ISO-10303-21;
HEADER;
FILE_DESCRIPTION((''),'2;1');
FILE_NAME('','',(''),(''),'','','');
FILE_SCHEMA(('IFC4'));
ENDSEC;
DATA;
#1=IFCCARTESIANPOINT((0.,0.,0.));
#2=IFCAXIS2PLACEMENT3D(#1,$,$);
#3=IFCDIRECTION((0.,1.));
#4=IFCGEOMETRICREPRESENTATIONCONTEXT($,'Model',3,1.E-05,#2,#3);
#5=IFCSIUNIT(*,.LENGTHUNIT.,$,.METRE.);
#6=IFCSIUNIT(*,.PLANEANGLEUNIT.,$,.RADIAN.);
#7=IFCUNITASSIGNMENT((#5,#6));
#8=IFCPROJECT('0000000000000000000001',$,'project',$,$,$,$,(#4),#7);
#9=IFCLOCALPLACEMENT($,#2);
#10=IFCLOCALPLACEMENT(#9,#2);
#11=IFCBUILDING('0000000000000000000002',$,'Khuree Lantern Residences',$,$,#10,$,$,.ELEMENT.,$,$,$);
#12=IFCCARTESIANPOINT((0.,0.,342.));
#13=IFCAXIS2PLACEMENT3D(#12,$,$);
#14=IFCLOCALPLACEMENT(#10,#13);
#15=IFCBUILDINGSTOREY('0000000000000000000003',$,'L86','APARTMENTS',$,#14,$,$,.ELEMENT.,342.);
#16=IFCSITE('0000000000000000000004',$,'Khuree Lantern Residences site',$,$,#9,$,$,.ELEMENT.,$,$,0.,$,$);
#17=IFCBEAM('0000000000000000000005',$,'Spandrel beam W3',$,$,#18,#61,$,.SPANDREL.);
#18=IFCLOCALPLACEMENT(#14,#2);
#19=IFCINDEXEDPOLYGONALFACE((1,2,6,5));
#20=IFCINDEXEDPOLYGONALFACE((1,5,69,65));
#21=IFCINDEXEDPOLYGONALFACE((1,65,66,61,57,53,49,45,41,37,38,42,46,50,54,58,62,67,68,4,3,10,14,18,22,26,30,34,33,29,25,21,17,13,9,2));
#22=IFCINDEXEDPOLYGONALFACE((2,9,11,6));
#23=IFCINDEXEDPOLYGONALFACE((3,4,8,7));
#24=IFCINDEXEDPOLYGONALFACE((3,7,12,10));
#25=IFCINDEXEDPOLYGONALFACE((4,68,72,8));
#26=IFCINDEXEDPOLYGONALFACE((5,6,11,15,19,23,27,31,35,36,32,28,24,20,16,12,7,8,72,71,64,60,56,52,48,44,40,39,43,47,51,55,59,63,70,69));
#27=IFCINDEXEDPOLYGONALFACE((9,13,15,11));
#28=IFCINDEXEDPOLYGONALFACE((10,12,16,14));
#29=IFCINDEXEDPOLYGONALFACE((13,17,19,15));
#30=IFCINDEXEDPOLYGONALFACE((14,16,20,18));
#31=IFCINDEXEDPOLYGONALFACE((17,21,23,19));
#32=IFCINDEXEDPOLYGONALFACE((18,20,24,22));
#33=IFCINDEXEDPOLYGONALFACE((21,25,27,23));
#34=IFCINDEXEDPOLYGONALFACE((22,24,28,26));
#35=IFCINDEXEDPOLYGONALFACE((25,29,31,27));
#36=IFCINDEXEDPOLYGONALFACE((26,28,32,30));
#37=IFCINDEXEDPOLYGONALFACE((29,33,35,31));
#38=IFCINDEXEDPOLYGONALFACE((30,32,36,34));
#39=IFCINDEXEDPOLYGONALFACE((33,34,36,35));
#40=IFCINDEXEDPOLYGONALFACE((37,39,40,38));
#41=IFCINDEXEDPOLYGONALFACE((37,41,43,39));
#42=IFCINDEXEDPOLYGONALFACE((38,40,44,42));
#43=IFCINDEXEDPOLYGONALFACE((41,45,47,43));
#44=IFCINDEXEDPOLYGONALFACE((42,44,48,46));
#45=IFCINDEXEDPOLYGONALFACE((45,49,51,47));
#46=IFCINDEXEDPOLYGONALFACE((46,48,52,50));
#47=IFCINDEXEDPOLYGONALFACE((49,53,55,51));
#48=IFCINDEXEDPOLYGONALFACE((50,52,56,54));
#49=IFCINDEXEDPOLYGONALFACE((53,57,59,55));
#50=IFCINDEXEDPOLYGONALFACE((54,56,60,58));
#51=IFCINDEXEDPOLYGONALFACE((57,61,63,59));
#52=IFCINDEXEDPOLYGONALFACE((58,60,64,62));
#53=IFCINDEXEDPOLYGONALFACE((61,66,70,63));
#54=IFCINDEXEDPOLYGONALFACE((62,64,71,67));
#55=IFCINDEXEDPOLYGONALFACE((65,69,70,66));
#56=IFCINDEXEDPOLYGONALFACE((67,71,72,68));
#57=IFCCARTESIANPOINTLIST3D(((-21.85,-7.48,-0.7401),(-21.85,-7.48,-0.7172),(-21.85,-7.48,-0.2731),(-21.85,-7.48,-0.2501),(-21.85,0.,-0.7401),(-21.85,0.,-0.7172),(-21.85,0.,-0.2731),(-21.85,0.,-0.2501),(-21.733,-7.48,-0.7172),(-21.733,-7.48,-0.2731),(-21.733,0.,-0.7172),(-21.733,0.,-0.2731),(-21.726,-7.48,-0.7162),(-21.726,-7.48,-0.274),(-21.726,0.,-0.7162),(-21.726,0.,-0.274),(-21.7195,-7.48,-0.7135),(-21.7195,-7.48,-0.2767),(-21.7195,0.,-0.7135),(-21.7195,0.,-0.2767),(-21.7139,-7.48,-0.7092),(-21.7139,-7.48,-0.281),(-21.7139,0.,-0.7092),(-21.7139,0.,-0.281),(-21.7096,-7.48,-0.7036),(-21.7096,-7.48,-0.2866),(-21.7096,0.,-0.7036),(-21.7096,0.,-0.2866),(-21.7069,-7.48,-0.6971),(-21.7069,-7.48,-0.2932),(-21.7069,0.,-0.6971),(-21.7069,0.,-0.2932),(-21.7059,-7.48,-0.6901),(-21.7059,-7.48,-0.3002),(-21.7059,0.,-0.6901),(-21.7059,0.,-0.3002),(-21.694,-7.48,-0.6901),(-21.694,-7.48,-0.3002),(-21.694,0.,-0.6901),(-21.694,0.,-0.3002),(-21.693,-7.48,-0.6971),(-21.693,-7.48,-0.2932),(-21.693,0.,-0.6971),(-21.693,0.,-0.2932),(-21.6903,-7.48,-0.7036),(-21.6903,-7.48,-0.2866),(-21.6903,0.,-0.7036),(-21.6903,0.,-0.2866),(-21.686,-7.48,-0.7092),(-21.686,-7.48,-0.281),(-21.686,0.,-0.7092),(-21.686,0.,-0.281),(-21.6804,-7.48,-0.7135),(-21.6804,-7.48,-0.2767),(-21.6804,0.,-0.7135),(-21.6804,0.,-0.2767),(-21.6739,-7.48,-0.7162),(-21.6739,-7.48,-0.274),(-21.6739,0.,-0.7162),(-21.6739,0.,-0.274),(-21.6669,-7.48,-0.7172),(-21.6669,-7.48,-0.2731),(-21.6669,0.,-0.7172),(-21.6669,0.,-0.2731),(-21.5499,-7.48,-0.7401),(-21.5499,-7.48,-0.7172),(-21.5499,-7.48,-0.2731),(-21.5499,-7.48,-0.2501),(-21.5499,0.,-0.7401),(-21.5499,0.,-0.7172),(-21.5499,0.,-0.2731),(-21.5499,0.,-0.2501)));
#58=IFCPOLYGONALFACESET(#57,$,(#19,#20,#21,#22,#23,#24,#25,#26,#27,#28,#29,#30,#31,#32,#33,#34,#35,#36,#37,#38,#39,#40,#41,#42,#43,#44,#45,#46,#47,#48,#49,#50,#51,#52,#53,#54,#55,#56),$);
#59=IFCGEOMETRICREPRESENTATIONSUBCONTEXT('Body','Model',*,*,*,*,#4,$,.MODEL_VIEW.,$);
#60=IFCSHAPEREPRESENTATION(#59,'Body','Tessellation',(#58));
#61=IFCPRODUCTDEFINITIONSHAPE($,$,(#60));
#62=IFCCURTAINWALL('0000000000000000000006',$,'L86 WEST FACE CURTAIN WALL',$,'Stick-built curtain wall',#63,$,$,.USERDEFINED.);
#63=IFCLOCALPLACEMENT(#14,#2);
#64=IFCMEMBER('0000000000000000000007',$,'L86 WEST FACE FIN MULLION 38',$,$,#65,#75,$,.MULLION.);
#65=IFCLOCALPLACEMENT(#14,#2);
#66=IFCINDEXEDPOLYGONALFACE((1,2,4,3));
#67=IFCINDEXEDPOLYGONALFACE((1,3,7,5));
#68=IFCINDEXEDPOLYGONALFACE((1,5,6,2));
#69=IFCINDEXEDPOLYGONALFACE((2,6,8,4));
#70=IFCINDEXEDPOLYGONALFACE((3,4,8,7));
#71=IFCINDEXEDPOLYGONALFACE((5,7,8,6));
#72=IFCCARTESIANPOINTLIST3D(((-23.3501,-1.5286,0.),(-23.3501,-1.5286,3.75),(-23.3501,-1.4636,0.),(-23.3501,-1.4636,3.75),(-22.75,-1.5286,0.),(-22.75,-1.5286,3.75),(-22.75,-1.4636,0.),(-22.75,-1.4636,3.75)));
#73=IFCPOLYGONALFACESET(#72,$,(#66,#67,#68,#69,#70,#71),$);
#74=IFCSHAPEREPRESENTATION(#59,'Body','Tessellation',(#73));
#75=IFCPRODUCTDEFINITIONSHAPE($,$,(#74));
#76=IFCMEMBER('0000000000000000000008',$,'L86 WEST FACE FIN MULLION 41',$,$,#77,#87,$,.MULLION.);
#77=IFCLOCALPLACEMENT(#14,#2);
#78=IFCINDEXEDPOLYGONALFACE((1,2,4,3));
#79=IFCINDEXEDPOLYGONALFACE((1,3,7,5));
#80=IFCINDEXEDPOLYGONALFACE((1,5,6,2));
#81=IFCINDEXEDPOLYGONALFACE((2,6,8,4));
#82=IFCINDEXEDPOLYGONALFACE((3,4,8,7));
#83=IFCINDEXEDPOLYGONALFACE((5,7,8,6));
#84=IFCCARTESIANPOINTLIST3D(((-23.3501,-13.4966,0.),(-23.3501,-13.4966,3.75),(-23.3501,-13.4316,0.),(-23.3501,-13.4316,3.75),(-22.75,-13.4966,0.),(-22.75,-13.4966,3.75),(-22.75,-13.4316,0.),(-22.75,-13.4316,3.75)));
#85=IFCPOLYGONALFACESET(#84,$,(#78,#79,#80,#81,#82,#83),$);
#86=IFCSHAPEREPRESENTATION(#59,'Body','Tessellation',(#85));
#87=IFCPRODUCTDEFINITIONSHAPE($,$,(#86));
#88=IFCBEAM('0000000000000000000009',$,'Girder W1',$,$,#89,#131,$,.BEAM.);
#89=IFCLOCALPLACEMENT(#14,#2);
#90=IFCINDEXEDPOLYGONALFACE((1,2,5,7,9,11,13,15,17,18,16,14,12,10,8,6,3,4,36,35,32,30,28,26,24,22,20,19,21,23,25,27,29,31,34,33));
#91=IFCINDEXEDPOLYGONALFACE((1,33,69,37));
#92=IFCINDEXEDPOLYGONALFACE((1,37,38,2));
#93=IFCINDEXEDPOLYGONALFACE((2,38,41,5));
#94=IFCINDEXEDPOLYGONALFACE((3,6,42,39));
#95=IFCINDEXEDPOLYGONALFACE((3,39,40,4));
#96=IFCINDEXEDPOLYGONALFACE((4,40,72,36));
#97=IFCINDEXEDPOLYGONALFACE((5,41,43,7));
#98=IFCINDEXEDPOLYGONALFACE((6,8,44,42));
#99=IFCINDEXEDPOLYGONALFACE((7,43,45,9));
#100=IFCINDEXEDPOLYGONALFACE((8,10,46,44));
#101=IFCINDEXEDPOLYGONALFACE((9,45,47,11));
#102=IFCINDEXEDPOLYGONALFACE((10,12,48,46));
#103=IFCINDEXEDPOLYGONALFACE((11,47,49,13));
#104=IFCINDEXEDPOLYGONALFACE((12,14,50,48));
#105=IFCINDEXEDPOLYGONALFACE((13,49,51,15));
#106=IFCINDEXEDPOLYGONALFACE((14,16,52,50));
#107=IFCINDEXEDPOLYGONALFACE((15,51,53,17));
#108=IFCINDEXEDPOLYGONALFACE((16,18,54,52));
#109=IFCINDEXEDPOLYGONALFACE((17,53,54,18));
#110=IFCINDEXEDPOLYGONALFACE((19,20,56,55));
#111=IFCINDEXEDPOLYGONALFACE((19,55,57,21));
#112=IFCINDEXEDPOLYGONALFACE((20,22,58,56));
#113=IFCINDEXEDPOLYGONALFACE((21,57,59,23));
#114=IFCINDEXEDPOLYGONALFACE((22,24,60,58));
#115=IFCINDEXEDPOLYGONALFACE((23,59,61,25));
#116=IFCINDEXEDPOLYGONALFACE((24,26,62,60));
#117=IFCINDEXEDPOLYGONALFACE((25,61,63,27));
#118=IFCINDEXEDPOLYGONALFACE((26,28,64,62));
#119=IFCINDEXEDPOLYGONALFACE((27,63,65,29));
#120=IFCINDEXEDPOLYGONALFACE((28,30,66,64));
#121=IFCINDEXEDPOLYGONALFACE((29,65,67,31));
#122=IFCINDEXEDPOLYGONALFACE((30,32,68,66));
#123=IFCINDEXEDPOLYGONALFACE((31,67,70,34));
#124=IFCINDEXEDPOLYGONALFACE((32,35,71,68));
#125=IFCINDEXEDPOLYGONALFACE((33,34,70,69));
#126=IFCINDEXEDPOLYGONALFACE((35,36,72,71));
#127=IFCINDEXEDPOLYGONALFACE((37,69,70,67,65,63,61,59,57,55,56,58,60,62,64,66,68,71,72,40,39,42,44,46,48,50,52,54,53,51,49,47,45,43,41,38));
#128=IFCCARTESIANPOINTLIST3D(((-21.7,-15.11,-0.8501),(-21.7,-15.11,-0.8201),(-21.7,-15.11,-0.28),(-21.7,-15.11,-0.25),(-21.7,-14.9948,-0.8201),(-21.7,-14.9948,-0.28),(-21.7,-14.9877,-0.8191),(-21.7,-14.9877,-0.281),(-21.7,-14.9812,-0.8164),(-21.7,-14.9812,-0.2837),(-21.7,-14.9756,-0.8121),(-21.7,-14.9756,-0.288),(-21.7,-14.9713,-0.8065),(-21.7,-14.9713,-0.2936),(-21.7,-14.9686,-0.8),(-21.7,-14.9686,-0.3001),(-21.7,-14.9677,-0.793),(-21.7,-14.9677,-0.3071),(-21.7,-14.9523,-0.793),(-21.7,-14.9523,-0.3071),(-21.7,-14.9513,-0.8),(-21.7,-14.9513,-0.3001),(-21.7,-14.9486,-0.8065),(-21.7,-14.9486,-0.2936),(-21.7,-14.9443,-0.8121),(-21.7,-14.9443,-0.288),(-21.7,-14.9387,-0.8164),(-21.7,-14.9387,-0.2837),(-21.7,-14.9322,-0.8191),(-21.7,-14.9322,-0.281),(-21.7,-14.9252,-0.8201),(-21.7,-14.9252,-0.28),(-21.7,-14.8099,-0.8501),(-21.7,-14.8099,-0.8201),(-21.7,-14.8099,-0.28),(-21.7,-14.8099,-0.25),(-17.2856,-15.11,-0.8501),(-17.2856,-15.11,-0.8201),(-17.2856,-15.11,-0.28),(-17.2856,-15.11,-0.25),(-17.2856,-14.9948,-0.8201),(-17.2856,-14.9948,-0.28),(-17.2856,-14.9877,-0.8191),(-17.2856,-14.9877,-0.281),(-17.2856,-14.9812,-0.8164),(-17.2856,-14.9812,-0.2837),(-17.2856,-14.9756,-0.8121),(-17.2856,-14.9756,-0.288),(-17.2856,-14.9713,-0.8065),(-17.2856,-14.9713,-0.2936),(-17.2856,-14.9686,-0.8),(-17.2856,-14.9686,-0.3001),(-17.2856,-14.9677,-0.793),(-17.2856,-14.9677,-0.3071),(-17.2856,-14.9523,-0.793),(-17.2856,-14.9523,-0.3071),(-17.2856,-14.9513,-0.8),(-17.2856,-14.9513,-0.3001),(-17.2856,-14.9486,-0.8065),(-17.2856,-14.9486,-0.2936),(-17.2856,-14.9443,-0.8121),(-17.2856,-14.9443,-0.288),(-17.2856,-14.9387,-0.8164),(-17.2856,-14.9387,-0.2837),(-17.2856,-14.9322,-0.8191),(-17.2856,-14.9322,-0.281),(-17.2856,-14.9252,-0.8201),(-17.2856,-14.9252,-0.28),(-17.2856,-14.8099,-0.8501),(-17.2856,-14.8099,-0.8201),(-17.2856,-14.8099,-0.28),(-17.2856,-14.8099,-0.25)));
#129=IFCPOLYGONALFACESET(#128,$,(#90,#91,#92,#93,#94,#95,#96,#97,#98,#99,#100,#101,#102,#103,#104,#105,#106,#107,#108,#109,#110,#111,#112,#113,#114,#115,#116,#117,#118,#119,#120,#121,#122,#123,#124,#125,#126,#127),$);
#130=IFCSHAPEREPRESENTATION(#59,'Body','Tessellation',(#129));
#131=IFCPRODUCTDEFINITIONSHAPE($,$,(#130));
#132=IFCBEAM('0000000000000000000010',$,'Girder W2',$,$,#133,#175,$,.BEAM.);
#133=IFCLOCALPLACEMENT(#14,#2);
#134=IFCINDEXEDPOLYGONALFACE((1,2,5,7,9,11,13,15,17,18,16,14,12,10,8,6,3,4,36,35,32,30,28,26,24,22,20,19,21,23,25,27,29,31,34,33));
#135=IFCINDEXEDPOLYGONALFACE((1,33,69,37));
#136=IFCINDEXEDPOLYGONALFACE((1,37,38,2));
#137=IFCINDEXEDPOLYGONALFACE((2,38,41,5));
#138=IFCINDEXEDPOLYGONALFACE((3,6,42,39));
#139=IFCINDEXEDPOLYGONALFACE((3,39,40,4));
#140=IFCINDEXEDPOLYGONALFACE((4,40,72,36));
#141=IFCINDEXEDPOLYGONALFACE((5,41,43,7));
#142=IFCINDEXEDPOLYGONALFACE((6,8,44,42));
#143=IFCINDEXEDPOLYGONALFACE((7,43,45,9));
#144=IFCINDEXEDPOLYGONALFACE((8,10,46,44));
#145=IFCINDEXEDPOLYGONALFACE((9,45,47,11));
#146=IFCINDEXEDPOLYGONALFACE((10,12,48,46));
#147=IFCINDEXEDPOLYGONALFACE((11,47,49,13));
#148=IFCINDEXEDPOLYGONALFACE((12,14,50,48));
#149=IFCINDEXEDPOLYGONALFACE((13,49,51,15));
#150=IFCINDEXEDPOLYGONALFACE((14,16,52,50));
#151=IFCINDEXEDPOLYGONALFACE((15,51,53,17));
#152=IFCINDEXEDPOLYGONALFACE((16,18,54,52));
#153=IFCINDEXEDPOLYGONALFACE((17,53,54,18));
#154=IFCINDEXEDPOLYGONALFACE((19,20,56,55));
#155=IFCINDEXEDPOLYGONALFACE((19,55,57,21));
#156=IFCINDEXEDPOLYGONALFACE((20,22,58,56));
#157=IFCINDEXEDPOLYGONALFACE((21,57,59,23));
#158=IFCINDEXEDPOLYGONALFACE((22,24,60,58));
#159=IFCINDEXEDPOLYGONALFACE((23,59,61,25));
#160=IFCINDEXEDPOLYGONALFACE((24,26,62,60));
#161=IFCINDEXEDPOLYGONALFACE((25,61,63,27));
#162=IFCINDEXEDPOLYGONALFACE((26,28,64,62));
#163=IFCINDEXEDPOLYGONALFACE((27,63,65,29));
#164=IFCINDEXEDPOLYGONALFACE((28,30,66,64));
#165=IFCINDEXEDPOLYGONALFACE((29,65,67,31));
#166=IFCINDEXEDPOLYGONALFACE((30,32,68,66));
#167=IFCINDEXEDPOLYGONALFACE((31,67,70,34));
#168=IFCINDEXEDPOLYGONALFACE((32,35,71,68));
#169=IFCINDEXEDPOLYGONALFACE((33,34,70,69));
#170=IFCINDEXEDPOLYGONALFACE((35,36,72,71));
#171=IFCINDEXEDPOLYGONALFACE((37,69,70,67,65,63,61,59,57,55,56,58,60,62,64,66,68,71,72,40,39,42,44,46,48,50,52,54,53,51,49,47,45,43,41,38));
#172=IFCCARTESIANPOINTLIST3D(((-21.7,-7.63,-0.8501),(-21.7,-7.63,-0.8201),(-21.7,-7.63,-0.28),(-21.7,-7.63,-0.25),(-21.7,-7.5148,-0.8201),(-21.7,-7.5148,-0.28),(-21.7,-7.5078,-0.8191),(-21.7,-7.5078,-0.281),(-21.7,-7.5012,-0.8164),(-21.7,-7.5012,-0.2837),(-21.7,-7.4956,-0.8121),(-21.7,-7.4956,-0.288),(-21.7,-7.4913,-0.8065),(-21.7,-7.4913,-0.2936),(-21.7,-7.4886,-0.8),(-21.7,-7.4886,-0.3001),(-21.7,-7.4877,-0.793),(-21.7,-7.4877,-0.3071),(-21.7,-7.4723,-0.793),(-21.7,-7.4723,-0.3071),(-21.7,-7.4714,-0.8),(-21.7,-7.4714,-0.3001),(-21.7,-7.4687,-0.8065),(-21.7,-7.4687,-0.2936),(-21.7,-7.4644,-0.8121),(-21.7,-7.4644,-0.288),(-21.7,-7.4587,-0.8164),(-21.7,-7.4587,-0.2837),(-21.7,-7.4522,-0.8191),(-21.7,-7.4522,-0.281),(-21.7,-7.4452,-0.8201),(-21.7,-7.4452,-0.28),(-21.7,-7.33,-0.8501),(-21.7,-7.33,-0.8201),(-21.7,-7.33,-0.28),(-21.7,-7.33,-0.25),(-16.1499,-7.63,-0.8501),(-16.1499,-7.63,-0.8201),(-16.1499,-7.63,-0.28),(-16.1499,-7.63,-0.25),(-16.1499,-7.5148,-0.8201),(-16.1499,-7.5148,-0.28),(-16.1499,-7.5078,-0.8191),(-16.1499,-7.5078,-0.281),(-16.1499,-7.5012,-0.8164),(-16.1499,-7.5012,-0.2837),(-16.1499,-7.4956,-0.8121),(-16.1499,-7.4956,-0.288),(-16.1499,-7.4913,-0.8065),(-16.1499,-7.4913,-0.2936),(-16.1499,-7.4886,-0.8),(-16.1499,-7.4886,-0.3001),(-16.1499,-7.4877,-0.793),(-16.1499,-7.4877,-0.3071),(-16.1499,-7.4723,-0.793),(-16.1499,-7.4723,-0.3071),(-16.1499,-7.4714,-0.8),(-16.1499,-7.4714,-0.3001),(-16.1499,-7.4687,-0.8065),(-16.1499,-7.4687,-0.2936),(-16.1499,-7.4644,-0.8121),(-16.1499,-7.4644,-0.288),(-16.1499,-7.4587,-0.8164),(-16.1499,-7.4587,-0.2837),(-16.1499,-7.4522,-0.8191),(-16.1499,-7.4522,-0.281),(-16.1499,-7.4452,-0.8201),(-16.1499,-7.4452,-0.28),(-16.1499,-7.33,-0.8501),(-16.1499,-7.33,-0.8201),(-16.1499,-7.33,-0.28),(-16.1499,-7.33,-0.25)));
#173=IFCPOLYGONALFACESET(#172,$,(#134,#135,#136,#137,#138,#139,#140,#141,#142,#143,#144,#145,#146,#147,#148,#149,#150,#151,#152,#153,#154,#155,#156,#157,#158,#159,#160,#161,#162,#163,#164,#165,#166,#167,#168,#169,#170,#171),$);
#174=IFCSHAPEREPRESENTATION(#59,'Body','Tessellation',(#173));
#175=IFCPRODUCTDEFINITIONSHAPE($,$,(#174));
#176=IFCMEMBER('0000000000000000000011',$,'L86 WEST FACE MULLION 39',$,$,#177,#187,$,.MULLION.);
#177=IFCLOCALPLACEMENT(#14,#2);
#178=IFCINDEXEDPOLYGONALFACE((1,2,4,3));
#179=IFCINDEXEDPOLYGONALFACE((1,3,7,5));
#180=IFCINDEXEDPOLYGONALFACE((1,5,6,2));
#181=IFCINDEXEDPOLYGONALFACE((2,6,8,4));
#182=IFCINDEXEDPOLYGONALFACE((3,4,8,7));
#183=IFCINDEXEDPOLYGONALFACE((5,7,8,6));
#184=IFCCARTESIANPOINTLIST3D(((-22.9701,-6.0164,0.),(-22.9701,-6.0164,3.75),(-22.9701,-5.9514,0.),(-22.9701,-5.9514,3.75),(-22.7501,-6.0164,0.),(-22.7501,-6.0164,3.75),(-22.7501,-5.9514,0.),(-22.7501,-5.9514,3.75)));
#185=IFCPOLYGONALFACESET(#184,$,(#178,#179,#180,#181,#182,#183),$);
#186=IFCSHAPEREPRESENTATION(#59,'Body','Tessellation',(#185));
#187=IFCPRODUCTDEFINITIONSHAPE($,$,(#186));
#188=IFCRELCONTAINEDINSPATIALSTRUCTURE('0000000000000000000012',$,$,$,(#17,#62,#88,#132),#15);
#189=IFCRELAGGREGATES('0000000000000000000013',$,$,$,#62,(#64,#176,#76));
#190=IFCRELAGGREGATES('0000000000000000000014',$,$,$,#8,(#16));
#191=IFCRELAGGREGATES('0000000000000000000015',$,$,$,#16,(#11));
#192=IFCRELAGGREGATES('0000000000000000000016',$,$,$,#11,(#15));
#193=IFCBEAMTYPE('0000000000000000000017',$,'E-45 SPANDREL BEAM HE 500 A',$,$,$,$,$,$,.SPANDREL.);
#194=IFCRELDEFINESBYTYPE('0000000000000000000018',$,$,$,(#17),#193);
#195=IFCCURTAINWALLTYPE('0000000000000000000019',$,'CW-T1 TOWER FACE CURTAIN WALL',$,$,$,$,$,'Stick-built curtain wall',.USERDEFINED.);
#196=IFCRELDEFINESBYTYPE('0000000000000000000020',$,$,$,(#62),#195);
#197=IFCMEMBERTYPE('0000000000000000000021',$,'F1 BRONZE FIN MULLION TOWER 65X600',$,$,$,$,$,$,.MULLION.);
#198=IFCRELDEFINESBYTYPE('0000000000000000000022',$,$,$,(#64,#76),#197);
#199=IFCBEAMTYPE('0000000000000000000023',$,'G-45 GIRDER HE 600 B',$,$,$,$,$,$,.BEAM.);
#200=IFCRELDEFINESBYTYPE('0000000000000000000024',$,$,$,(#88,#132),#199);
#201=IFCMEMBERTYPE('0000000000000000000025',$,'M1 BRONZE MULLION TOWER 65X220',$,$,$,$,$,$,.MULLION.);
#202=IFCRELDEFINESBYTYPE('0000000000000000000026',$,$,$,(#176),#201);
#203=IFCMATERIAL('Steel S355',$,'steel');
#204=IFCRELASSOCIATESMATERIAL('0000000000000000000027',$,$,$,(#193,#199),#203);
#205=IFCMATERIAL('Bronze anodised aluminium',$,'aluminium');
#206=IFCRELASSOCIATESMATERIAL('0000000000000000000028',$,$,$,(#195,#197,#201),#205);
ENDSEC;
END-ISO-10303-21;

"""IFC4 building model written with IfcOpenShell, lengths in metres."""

from ifc_helpers import new_model, si_unit, direction, frame, origin, origin_2d, place, context, subcontext, project, spatial, rectangle, i_section, extrude, material, material_profile, profile_set, type_object, element, aggregate, save


model = new_model("IFC4")

# Units and contexts
model_context = context("Model", 3, precision=1e-05, world=origin(), true_north=direction((0.0, 1.0)))
body_context = subcontext(model_context, "Body", "Model", "MODEL_VIEW")
ifc_project = project(units=[si_unit("LENGTHUNIT", "METRE"), si_unit("PLANEANGLEUNIT", "RADIAN")], contexts=[model_context])

# Site, building, storey
site_placement = place(None, origin())
site = spatial("IfcSite", under=ifc_project, at=site_placement, Name="Khuree Lantern Residences site", CompositionType="ELEMENT", RefElevation=0.0)
building_placement = place(site_placement, origin())
building = spatial("IfcBuilding", under=site, at=building_placement, Name="Khuree Lantern Residences", CompositionType="ELEMENT")
storey_placement = place(building_placement, frame((0.0, 0.0, 342.0)))
storey = spatial("IfcBuildingStorey", under=building, at=storey_placement, Name="L86", Description="APARTMENTS", CompositionType="ELEMENT", Elevation=342.0)

# Beam
ifc_material_1 = material(Name="Steel S355", Category="steel")
ifc_material_profile_1 = material_profile(ifc_material_1, i_section(OverallWidth=0.3, OverallDepth=0.49, WebThickness=0.012, FlangeThickness=0.0229, FilletRadius=0.0271, at=origin_2d()), Name="HE 500 A")
ifc_profile_set_1 = profile_set([ifc_material_profile_1], Name="Steel S355")
beam_type_1 = type_object("IfcBeamType", Name="E-45 SPANDREL BEAM HE 500 A", PredefinedType="SPANDREL", material=ifc_profile_set_1)
for number, where, z_axis, x_axis, name in (
    (1, (-21.7, -7.48, -0.4951), (0.0, 1.0, 0.0), (-1.0, 0.0, 0.0), "Spandrel beam W3"),
):
    element("IfcBeam", number, at=place(storey_placement, frame(where, z_axis=z_axis, x_axis=x_axis)), inside=storey, type_object=beam_type_1, Name=name, PredefinedType="SPANDREL", context=body_context, shape_type="SweptSolid", body=[
        extrude(i_section(OverallWidth=0.3, OverallDepth=0.49, WebThickness=0.012, FlangeThickness=0.0229, FilletRadius=0.0271, at=origin_2d()), origin(), (0.0, 0.0, 1.0), 7.48),
    ])

# Curtain wall, members
ifc_material_2 = material(Name="Bronze anodised aluminium", Category="aluminium")
curtain_wall_type = type_object("IfcCurtainWallType", Name="CW-T1 TOWER FACE CURTAIN WALL", ElementType="Stick-built curtain wall", PredefinedType="USERDEFINED", material=ifc_material_2)
curtain_wall_placement = place(storey_placement, origin())
curtain_wall = element("IfcCurtainWall", 2, at=curtain_wall_placement, inside=storey, type_object=curtain_wall_type, Name="L86 WEST FACE CURTAIN WALL", ObjectType="Stick-built curtain wall", PredefinedType="USERDEFINED")
ifc_material_profile_2 = material_profile(ifc_material_2, rectangle(XDim=0.0649, YDim=0.6001, at=origin_2d()), Name="F1 65X600")
ifc_profile_set_2 = profile_set([ifc_material_profile_2], Name="Bronze anodised aluminium")
member_type_1 = type_object("IfcMemberType", Name="F1 BRONZE FIN MULLION TOWER 65X600", PredefinedType="MULLION", material=ifc_profile_set_2)
member_1_placement = place(storey_placement, frame((-23.05, -1.4961, 0.0), z_axis=(0.0, 0.0, 1.0), x_axis=(0.0, -1.0, 0.0)))
member_1 = element("IfcMember", 3, at=member_1_placement, type_object=member_type_1, Name="L86 WEST FACE FIN MULLION 38", PredefinedType="MULLION", context=body_context, shape_type="SweptSolid", body=[
    extrude(rectangle(XDim=0.0649, YDim=0.6001, at=origin_2d()), origin(), (0.0, 0.0, 1.0), 3.75),
])
member_2_placement = place(storey_placement, frame((-23.05, -13.4641, 0.0), z_axis=(0.0, 0.0, 1.0), x_axis=(0.0, -1.0, 0.0)))
member_2 = element("IfcMember", 4, at=member_2_placement, type_object=member_type_1, Name="L86 WEST FACE FIN MULLION 41", PredefinedType="MULLION", context=body_context, shape_type="SweptSolid", body=[
    extrude(rectangle(XDim=0.0649, YDim=0.6001, at=origin_2d()), origin(), (0.0, 0.0, 1.0), 3.75),
])

# Beams
ifc_material_profile_3 = material_profile(ifc_material_1, i_section(OverallWidth=0.3, OverallDepth=0.6001, WebThickness=0.0154, FlangeThickness=0.03, FilletRadius=0.0271, at=origin_2d()), Name="HE 600 B")
ifc_profile_set_3 = profile_set([ifc_material_profile_3], Name="Steel S355")
beam_type_2 = type_object("IfcBeamType", Name="G-45 GIRDER HE 600 B", PredefinedType="BEAM", material=ifc_profile_set_3)
beam_1_placement = place(storey_placement, frame((-21.7, -14.96, -0.55), z_axis=(1.0, 0.0, 0.0), x_axis=(0.0, 1.0, 0.0)))
element("IfcBeam", 5, at=beam_1_placement, inside=storey, type_object=beam_type_2, Name="Girder W1", PredefinedType="BEAM", context=body_context, shape_type="SweptSolid", body=[
    extrude(i_section(OverallWidth=0.3, OverallDepth=0.6001, WebThickness=0.0154, FlangeThickness=0.03, FilletRadius=0.0271, at=origin_2d()), origin(), (0.0, 0.0, 1.0), 4.4143),
])
beam_2_placement = place(storey_placement, frame((-21.7, -7.48, -0.55), z_axis=(1.0, 0.0, 0.0), x_axis=(0.0, 1.0, 0.0)))
element("IfcBeam", 6, at=beam_2_placement, inside=storey, type_object=beam_type_2, Name="Girder W2", PredefinedType="BEAM", context=body_context, shape_type="SweptSolid", body=[
    extrude(i_section(OverallWidth=0.3, OverallDepth=0.6001, WebThickness=0.0154, FlangeThickness=0.03, FilletRadius=0.0271, at=origin_2d()), origin(), (0.0, 0.0, 1.0), 5.55),
])

# Member
ifc_material_profile_4 = material_profile(ifc_material_2, rectangle(XDim=0.0649, YDim=0.22, at=origin_2d()), Name="M1 65X220")
ifc_profile_set_4 = profile_set([ifc_material_profile_4], Name="Bronze anodised aluminium")
member_type_2 = type_object("IfcMemberType", Name="M1 BRONZE MULLION TOWER 65X220", PredefinedType="MULLION", material=ifc_profile_set_4)
member_3_placement = place(storey_placement, frame((-22.8601, -5.9839, 0.0), z_axis=(0.0, 0.0, 1.0), x_axis=(0.0, -1.0, 0.0)))
member_3 = element("IfcMember", 7, at=member_3_placement, type_object=member_type_2, Name="L86 WEST FACE MULLION 39", PredefinedType="MULLION", context=body_context, shape_type="SweptSolid", body=[
    extrude(rectangle(XDim=0.0649, YDim=0.22, at=origin_2d()), origin(), (0.0, 0.0, 1.0), 3.75),
])

aggregate(curtain_wall, [member_1, member_3, member_2])

save(model, "model.ifc")
